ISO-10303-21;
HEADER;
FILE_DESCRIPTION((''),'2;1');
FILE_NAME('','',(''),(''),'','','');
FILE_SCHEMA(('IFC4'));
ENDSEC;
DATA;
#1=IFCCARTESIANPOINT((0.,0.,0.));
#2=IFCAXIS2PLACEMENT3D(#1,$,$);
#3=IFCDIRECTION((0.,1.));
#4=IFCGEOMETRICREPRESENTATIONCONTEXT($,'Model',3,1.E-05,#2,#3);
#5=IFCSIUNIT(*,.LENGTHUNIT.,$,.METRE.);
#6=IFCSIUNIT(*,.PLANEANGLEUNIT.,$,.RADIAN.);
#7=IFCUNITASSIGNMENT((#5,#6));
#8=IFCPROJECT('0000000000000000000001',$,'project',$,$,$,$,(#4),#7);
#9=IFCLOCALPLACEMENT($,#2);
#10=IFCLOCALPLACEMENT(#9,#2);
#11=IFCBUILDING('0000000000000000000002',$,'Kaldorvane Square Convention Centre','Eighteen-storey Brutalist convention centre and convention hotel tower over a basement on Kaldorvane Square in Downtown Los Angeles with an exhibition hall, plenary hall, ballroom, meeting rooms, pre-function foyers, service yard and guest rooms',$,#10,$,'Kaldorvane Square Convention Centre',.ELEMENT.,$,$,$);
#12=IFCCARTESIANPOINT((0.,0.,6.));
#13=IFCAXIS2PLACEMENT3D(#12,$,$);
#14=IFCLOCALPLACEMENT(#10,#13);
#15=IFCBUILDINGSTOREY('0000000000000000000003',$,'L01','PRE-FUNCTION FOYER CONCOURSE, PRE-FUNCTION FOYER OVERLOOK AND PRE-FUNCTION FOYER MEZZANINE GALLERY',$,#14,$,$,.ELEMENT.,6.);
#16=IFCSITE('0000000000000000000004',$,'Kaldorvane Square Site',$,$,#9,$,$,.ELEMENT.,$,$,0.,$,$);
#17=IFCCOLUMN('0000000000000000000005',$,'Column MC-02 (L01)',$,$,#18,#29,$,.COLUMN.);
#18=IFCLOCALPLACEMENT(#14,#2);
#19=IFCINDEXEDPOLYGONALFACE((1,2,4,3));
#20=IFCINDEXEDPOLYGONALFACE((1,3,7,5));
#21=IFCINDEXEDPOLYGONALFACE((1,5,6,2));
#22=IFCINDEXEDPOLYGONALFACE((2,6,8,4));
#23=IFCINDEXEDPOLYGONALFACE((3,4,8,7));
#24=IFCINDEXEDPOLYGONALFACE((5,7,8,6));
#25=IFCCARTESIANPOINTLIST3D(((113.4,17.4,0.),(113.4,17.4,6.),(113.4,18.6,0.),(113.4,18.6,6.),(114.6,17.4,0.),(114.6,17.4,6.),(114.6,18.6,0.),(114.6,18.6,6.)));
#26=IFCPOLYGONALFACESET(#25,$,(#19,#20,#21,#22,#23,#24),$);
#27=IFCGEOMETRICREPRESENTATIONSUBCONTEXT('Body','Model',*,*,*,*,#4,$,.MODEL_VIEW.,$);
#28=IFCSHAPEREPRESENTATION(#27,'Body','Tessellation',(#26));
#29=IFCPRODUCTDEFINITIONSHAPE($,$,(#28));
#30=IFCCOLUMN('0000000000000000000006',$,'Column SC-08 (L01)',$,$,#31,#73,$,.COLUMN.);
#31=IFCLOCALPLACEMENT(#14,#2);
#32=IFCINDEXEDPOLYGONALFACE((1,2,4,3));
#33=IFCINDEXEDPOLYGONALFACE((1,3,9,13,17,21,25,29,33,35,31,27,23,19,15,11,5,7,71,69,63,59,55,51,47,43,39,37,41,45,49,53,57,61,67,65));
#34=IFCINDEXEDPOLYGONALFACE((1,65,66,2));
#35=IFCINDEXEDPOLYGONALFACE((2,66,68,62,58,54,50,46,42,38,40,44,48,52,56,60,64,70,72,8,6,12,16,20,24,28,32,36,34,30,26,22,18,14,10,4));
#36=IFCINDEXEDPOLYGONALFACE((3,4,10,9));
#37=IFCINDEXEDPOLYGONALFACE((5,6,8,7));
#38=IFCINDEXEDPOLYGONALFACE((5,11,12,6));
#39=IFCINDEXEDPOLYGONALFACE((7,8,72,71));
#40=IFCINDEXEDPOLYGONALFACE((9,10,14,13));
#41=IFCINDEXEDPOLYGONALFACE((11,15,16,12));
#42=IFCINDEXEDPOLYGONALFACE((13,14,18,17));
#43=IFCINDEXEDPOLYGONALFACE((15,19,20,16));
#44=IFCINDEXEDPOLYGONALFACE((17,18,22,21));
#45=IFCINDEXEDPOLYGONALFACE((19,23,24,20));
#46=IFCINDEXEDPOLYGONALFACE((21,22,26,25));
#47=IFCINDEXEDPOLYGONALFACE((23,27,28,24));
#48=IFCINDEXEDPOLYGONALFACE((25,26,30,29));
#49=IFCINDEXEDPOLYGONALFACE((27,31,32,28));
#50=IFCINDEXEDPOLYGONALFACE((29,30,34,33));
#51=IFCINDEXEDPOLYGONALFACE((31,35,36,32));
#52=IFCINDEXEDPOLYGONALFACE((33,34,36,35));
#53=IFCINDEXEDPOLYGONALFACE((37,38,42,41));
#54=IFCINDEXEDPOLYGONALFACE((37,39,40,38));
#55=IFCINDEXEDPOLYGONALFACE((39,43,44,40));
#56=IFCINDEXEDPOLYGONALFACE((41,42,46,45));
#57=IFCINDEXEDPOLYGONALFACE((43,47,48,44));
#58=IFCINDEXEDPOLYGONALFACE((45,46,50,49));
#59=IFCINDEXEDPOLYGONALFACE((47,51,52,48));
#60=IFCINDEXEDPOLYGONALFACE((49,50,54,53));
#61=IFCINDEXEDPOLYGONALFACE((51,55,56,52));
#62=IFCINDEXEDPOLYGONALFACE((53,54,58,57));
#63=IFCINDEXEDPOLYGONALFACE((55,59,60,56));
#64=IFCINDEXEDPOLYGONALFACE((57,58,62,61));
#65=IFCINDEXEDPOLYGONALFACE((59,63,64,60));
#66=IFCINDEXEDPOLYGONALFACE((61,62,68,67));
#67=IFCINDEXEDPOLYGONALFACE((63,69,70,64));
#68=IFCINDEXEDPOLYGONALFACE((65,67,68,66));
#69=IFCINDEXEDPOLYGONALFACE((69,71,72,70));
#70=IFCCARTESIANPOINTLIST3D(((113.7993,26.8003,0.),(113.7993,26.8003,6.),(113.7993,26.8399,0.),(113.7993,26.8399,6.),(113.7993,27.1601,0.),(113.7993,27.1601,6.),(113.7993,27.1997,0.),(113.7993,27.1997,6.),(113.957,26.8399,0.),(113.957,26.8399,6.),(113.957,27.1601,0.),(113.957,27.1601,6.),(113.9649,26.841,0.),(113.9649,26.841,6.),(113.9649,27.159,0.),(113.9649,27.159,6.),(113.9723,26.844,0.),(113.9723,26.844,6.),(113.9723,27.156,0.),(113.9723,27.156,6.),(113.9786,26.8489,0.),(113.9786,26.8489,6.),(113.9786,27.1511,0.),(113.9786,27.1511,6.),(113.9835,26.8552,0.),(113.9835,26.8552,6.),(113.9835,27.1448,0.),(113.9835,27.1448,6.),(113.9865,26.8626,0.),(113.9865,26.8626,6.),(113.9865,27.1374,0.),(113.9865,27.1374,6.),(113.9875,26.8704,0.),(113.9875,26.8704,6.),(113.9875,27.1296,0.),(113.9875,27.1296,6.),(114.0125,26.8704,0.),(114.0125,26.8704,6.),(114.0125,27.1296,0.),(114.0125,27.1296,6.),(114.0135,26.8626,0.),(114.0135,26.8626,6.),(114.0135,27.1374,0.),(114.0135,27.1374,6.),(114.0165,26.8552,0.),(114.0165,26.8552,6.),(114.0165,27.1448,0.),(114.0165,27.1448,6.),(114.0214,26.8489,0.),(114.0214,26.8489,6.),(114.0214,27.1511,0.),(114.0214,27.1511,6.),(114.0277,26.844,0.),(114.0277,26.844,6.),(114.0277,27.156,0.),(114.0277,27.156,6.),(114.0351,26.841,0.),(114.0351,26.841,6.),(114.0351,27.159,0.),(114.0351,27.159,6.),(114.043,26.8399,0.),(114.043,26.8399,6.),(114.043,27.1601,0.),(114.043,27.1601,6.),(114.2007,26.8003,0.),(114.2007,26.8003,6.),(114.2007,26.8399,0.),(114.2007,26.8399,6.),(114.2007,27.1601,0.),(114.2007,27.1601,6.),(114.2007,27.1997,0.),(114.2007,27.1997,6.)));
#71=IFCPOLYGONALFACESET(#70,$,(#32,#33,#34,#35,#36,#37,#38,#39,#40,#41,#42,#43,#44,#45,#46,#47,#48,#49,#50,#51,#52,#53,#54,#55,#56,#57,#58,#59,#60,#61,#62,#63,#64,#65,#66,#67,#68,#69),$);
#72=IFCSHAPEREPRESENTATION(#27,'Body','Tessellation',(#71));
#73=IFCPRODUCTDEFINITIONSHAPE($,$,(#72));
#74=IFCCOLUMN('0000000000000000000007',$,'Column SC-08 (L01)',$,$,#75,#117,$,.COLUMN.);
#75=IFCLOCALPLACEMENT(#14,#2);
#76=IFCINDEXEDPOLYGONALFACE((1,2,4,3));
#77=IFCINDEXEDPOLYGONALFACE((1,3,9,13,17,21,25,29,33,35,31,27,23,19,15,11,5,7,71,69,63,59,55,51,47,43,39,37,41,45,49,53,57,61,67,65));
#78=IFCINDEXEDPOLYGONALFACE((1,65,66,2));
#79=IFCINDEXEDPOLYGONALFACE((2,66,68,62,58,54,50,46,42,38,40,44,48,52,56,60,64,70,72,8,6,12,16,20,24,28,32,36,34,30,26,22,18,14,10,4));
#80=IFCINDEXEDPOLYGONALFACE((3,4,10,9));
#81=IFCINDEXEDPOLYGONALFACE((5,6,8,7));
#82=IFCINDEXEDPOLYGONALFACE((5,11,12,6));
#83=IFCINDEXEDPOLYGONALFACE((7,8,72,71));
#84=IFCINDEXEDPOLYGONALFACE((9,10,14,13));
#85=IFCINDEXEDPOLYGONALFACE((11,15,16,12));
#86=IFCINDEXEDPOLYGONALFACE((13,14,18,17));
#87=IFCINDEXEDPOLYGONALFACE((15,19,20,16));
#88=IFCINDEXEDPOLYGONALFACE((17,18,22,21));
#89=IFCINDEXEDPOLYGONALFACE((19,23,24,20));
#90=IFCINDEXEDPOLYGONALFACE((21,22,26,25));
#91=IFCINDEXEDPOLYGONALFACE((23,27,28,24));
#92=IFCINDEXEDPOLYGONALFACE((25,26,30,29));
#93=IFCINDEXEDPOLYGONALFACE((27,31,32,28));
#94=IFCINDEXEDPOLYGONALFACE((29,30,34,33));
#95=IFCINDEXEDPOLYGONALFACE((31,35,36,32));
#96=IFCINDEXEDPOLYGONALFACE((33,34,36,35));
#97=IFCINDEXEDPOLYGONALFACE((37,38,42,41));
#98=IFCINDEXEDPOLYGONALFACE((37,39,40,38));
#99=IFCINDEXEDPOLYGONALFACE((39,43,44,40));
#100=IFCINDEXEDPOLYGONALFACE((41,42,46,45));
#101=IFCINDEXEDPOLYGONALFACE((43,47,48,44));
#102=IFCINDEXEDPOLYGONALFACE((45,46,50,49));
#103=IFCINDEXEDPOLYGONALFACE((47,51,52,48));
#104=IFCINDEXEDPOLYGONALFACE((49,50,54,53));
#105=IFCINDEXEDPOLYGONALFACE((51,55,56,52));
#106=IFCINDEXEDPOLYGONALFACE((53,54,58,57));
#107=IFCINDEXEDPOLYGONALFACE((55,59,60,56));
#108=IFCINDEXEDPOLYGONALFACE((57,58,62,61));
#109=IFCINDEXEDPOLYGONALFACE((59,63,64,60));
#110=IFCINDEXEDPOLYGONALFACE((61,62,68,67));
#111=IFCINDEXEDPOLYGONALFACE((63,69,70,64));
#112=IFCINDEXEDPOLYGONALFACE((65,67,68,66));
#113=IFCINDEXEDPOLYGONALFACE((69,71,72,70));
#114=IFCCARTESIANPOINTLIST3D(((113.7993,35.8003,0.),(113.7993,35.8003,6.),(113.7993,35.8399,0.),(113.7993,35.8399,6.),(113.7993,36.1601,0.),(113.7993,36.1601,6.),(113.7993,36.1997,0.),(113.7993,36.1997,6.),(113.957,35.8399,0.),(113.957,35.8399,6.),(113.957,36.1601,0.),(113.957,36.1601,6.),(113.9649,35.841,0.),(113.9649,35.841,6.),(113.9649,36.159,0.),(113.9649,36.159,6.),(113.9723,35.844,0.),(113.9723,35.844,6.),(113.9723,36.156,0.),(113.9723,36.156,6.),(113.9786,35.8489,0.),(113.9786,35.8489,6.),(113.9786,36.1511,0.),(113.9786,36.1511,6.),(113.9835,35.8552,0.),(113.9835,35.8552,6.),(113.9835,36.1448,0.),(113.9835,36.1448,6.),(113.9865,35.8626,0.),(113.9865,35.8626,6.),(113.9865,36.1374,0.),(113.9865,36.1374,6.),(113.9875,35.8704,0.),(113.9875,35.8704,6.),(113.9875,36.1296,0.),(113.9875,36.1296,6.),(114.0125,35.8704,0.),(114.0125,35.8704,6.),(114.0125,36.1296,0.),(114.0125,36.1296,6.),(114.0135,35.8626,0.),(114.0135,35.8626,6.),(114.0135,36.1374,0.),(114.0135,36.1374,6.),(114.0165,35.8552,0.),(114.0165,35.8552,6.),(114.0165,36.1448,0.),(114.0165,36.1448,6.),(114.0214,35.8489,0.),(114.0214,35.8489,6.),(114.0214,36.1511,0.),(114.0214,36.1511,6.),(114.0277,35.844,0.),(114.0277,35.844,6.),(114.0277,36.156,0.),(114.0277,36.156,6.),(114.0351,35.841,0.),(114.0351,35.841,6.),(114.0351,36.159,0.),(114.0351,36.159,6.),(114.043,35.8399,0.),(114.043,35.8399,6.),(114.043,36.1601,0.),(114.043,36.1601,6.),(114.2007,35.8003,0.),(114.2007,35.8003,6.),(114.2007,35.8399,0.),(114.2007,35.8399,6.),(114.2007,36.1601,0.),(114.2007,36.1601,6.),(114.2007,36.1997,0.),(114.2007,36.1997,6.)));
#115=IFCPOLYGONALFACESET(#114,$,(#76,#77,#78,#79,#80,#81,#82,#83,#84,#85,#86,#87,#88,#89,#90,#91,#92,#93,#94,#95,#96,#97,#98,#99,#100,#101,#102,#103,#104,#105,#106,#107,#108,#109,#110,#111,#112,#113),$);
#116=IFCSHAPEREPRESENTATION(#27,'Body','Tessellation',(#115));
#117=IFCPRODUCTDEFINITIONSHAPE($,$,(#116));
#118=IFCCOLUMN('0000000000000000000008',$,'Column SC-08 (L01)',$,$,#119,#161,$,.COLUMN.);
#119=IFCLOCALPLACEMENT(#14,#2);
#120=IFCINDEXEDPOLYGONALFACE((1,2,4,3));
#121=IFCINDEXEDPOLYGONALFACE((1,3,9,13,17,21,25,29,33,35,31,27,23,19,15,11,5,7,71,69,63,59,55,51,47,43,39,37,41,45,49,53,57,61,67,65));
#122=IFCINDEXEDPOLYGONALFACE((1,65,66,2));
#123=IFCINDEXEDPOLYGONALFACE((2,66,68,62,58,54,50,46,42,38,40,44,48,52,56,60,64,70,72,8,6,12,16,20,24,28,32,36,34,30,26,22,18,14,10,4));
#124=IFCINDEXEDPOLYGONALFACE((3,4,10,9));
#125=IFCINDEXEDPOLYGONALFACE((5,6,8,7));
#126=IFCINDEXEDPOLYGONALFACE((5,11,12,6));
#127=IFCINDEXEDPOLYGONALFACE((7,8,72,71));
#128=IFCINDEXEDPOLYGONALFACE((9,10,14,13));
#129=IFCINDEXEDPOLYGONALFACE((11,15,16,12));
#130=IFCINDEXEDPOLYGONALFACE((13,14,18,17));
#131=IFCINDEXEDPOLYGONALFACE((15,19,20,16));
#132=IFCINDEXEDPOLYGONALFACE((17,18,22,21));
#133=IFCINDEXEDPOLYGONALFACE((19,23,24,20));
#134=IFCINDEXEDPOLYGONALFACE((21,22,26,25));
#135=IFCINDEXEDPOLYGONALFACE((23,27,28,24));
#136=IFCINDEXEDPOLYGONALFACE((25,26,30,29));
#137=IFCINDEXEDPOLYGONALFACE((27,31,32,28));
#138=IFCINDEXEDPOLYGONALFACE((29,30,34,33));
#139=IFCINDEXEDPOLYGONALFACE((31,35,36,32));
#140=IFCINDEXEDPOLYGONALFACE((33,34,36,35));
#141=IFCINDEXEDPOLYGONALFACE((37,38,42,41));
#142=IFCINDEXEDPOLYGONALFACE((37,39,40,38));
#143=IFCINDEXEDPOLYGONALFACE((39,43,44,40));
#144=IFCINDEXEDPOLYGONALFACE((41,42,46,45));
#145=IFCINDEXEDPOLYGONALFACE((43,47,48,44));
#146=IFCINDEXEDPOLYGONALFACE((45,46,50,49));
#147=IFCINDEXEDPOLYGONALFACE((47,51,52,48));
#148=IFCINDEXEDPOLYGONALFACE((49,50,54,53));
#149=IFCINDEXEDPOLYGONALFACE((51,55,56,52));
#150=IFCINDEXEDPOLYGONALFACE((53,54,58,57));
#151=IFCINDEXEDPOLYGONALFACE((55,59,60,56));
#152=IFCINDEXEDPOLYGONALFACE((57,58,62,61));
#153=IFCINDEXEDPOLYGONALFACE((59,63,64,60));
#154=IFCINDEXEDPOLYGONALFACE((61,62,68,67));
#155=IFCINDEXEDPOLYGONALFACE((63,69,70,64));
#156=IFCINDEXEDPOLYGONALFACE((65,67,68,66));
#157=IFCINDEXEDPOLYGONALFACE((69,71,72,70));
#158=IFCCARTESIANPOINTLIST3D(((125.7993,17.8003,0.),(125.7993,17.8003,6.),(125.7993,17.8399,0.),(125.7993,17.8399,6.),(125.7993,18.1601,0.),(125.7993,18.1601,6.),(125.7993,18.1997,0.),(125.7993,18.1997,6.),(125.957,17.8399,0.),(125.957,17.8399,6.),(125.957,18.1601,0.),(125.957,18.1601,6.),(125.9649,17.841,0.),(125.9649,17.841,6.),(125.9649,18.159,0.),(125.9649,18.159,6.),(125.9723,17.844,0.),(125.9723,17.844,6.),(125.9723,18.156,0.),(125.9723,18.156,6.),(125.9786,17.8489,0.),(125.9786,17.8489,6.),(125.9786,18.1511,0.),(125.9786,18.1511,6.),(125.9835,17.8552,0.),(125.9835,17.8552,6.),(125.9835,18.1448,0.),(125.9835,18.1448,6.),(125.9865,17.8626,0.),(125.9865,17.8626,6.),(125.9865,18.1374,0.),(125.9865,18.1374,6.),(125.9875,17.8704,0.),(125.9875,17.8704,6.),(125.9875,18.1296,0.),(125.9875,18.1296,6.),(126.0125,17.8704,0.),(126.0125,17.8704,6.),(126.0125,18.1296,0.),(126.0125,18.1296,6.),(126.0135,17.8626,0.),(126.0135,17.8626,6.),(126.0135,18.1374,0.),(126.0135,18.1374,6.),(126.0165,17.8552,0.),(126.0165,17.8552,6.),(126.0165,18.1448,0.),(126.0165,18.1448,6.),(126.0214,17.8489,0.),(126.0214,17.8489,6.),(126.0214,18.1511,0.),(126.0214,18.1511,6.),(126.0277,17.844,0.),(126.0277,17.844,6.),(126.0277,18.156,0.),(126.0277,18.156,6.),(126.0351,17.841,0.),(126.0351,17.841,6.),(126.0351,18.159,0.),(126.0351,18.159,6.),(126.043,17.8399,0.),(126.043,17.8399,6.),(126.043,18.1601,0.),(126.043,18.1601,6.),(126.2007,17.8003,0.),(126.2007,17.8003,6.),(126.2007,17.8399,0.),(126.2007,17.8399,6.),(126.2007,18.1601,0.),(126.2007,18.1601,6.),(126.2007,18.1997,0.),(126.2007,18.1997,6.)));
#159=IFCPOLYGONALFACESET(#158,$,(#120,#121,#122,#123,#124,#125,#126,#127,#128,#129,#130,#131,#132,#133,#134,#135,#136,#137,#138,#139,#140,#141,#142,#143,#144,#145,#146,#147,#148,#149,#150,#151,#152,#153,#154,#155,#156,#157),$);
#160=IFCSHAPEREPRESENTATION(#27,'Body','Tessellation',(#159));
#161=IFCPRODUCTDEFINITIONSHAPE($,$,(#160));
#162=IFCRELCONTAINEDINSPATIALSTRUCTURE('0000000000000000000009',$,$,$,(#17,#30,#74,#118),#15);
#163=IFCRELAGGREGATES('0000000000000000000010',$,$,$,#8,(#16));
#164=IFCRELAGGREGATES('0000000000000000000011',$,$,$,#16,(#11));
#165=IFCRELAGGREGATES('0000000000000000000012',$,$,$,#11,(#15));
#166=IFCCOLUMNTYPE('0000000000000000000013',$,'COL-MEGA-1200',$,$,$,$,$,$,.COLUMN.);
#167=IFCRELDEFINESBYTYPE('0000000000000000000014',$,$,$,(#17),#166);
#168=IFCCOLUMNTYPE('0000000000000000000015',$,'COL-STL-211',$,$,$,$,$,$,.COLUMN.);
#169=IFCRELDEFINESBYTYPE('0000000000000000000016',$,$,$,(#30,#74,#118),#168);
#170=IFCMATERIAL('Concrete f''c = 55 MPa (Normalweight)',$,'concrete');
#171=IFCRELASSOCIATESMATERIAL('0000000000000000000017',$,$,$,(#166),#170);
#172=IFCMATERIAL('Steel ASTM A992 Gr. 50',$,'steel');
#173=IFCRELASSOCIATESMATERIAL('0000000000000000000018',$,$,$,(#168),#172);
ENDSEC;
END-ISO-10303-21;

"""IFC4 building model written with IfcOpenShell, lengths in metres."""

from ifc_helpers import new_model, si_unit, direction, frame, origin, origin_2d, place, context, subcontext, project, spatial, rectangle, i_section, extrude, material, material_profile, profile_set, type_object, element, save


model = new_model("IFC4")

# Units and contexts
model_context = context("Model", 3, precision=1e-05, world=origin(), true_north=direction((0.0, 1.0)))
body_context = subcontext(model_context, "Body", "Model", "MODEL_VIEW")
ifc_project = project(units=[si_unit("LENGTHUNIT", "METRE"), si_unit("PLANEANGLEUNIT", "RADIAN")], contexts=[model_context])

# Site, building, storey
site_placement = place(None, origin())
site = spatial("IfcSite", under=ifc_project, at=site_placement, Name="Kaldorvane Square Site", CompositionType="ELEMENT", RefElevation=0.0)
building_placement = place(site_placement, origin())
building = spatial("IfcBuilding", under=site, at=building_placement, Name="Kaldorvane Square Convention Centre", Description="Eighteen-storey Brutalist convention centre and convention hotel tower over a basement on Kaldorvane Square in Downtown Los Angeles with an exhibition hall, plenary hall, ballroom, meeting rooms, pre-function foyers, service yard and guest rooms", LongName="Kaldorvane Square Convention Centre", CompositionType="ELEMENT")
storey_placement = place(building_placement, frame((0.0, 0.0, 6.0)))
storey = spatial("IfcBuildingStorey", under=building, at=storey_placement, Name="L01", Description="PRE-FUNCTION FOYER CONCOURSE, PRE-FUNCTION FOYER OVERLOOK AND PRE-FUNCTION FOYER MEZZANINE GALLERY", CompositionType="ELEMENT", Elevation=6.0)

# Columns
ifc_material_1 = material(Name="Concrete f'c = 55 MPa (Normalweight)", Category="concrete")
ifc_material_profile_1 = material_profile(ifc_material_1, rectangle(XDim=1.2, YDim=1.2, at=origin_2d()), Name="RC1200X1200")
ifc_profile_set_1 = profile_set([ifc_material_profile_1], Name="Concrete f'c = 55 MPa (Normalweight)")
column_type_1 = type_object("IfcColumnType", Name="COL-MEGA-1200", PredefinedType="COLUMN", material=ifc_profile_set_1)
column_placement = place(storey_placement, frame((114.0, 18.0, 0.0), z_axis=(0.0, 0.0, 1.0), x_axis=(1.0, 0.0, 0.0)))
element("IfcColumn", 1, at=column_placement, inside=storey, type_object=column_type_1, Name="Column MC-02 (L01)", PredefinedType="COLUMN", context=body_context, shape_type="SweptSolid", body=[
    extrude(rectangle(XDim=1.2, YDim=1.2, at=origin_2d()), origin(), (0.0, 0.0, 1.0), 6.0),
])
ifc_material_2 = material(Name="Steel ASTM A992 Gr. 50", Category="steel")
ifc_material_profile_2 = material_profile(ifc_material_2, i_section(OverallWidth=0.4013, OverallDepth=0.3993, WebThickness=0.0249, FlangeThickness=0.0396, FilletRadius=0.0305, at=origin_2d()), Name="W14X211")
ifc_profile_set_2 = profile_set([ifc_material_profile_2], Name="Steel ASTM A992 Gr. 50")
column_type_2 = type_object("IfcColumnType", Name="COL-STL-211", PredefinedType="COLUMN", material=ifc_profile_set_2)
for number, where, z_axis, x_axis, name in (
    (2, (114.0, 27.0, 0.0), (0.0, 0.0, 1.0), (1.0, 0.0, 0.0), "Column SC-08 (L01)"),
    (3, (114.0, 36.0, 0.0), (0.0, 0.0, 1.0), (1.0, 0.0, 0.0), "Column SC-08 (L01)"),
    (4, (126.0, 18.0, 0.0), (0.0, 0.0, 1.0), (1.0, 0.0, 0.0), "Column SC-08 (L01)"),
):
    element("IfcColumn", number, at=place(storey_placement, frame(where, z_axis=z_axis, x_axis=x_axis)), inside=storey, type_object=column_type_2, Name=name, PredefinedType="COLUMN", context=body_context, shape_type="SweptSolid", body=[
        extrude(i_section(OverallWidth=0.4013, OverallDepth=0.3993, WebThickness=0.0249, FlangeThickness=0.0396, FilletRadius=0.0305, at=origin_2d()), origin(), (0.0, 0.0, 1.0), 6.0),
    ])

save(model, "model.ifc")
